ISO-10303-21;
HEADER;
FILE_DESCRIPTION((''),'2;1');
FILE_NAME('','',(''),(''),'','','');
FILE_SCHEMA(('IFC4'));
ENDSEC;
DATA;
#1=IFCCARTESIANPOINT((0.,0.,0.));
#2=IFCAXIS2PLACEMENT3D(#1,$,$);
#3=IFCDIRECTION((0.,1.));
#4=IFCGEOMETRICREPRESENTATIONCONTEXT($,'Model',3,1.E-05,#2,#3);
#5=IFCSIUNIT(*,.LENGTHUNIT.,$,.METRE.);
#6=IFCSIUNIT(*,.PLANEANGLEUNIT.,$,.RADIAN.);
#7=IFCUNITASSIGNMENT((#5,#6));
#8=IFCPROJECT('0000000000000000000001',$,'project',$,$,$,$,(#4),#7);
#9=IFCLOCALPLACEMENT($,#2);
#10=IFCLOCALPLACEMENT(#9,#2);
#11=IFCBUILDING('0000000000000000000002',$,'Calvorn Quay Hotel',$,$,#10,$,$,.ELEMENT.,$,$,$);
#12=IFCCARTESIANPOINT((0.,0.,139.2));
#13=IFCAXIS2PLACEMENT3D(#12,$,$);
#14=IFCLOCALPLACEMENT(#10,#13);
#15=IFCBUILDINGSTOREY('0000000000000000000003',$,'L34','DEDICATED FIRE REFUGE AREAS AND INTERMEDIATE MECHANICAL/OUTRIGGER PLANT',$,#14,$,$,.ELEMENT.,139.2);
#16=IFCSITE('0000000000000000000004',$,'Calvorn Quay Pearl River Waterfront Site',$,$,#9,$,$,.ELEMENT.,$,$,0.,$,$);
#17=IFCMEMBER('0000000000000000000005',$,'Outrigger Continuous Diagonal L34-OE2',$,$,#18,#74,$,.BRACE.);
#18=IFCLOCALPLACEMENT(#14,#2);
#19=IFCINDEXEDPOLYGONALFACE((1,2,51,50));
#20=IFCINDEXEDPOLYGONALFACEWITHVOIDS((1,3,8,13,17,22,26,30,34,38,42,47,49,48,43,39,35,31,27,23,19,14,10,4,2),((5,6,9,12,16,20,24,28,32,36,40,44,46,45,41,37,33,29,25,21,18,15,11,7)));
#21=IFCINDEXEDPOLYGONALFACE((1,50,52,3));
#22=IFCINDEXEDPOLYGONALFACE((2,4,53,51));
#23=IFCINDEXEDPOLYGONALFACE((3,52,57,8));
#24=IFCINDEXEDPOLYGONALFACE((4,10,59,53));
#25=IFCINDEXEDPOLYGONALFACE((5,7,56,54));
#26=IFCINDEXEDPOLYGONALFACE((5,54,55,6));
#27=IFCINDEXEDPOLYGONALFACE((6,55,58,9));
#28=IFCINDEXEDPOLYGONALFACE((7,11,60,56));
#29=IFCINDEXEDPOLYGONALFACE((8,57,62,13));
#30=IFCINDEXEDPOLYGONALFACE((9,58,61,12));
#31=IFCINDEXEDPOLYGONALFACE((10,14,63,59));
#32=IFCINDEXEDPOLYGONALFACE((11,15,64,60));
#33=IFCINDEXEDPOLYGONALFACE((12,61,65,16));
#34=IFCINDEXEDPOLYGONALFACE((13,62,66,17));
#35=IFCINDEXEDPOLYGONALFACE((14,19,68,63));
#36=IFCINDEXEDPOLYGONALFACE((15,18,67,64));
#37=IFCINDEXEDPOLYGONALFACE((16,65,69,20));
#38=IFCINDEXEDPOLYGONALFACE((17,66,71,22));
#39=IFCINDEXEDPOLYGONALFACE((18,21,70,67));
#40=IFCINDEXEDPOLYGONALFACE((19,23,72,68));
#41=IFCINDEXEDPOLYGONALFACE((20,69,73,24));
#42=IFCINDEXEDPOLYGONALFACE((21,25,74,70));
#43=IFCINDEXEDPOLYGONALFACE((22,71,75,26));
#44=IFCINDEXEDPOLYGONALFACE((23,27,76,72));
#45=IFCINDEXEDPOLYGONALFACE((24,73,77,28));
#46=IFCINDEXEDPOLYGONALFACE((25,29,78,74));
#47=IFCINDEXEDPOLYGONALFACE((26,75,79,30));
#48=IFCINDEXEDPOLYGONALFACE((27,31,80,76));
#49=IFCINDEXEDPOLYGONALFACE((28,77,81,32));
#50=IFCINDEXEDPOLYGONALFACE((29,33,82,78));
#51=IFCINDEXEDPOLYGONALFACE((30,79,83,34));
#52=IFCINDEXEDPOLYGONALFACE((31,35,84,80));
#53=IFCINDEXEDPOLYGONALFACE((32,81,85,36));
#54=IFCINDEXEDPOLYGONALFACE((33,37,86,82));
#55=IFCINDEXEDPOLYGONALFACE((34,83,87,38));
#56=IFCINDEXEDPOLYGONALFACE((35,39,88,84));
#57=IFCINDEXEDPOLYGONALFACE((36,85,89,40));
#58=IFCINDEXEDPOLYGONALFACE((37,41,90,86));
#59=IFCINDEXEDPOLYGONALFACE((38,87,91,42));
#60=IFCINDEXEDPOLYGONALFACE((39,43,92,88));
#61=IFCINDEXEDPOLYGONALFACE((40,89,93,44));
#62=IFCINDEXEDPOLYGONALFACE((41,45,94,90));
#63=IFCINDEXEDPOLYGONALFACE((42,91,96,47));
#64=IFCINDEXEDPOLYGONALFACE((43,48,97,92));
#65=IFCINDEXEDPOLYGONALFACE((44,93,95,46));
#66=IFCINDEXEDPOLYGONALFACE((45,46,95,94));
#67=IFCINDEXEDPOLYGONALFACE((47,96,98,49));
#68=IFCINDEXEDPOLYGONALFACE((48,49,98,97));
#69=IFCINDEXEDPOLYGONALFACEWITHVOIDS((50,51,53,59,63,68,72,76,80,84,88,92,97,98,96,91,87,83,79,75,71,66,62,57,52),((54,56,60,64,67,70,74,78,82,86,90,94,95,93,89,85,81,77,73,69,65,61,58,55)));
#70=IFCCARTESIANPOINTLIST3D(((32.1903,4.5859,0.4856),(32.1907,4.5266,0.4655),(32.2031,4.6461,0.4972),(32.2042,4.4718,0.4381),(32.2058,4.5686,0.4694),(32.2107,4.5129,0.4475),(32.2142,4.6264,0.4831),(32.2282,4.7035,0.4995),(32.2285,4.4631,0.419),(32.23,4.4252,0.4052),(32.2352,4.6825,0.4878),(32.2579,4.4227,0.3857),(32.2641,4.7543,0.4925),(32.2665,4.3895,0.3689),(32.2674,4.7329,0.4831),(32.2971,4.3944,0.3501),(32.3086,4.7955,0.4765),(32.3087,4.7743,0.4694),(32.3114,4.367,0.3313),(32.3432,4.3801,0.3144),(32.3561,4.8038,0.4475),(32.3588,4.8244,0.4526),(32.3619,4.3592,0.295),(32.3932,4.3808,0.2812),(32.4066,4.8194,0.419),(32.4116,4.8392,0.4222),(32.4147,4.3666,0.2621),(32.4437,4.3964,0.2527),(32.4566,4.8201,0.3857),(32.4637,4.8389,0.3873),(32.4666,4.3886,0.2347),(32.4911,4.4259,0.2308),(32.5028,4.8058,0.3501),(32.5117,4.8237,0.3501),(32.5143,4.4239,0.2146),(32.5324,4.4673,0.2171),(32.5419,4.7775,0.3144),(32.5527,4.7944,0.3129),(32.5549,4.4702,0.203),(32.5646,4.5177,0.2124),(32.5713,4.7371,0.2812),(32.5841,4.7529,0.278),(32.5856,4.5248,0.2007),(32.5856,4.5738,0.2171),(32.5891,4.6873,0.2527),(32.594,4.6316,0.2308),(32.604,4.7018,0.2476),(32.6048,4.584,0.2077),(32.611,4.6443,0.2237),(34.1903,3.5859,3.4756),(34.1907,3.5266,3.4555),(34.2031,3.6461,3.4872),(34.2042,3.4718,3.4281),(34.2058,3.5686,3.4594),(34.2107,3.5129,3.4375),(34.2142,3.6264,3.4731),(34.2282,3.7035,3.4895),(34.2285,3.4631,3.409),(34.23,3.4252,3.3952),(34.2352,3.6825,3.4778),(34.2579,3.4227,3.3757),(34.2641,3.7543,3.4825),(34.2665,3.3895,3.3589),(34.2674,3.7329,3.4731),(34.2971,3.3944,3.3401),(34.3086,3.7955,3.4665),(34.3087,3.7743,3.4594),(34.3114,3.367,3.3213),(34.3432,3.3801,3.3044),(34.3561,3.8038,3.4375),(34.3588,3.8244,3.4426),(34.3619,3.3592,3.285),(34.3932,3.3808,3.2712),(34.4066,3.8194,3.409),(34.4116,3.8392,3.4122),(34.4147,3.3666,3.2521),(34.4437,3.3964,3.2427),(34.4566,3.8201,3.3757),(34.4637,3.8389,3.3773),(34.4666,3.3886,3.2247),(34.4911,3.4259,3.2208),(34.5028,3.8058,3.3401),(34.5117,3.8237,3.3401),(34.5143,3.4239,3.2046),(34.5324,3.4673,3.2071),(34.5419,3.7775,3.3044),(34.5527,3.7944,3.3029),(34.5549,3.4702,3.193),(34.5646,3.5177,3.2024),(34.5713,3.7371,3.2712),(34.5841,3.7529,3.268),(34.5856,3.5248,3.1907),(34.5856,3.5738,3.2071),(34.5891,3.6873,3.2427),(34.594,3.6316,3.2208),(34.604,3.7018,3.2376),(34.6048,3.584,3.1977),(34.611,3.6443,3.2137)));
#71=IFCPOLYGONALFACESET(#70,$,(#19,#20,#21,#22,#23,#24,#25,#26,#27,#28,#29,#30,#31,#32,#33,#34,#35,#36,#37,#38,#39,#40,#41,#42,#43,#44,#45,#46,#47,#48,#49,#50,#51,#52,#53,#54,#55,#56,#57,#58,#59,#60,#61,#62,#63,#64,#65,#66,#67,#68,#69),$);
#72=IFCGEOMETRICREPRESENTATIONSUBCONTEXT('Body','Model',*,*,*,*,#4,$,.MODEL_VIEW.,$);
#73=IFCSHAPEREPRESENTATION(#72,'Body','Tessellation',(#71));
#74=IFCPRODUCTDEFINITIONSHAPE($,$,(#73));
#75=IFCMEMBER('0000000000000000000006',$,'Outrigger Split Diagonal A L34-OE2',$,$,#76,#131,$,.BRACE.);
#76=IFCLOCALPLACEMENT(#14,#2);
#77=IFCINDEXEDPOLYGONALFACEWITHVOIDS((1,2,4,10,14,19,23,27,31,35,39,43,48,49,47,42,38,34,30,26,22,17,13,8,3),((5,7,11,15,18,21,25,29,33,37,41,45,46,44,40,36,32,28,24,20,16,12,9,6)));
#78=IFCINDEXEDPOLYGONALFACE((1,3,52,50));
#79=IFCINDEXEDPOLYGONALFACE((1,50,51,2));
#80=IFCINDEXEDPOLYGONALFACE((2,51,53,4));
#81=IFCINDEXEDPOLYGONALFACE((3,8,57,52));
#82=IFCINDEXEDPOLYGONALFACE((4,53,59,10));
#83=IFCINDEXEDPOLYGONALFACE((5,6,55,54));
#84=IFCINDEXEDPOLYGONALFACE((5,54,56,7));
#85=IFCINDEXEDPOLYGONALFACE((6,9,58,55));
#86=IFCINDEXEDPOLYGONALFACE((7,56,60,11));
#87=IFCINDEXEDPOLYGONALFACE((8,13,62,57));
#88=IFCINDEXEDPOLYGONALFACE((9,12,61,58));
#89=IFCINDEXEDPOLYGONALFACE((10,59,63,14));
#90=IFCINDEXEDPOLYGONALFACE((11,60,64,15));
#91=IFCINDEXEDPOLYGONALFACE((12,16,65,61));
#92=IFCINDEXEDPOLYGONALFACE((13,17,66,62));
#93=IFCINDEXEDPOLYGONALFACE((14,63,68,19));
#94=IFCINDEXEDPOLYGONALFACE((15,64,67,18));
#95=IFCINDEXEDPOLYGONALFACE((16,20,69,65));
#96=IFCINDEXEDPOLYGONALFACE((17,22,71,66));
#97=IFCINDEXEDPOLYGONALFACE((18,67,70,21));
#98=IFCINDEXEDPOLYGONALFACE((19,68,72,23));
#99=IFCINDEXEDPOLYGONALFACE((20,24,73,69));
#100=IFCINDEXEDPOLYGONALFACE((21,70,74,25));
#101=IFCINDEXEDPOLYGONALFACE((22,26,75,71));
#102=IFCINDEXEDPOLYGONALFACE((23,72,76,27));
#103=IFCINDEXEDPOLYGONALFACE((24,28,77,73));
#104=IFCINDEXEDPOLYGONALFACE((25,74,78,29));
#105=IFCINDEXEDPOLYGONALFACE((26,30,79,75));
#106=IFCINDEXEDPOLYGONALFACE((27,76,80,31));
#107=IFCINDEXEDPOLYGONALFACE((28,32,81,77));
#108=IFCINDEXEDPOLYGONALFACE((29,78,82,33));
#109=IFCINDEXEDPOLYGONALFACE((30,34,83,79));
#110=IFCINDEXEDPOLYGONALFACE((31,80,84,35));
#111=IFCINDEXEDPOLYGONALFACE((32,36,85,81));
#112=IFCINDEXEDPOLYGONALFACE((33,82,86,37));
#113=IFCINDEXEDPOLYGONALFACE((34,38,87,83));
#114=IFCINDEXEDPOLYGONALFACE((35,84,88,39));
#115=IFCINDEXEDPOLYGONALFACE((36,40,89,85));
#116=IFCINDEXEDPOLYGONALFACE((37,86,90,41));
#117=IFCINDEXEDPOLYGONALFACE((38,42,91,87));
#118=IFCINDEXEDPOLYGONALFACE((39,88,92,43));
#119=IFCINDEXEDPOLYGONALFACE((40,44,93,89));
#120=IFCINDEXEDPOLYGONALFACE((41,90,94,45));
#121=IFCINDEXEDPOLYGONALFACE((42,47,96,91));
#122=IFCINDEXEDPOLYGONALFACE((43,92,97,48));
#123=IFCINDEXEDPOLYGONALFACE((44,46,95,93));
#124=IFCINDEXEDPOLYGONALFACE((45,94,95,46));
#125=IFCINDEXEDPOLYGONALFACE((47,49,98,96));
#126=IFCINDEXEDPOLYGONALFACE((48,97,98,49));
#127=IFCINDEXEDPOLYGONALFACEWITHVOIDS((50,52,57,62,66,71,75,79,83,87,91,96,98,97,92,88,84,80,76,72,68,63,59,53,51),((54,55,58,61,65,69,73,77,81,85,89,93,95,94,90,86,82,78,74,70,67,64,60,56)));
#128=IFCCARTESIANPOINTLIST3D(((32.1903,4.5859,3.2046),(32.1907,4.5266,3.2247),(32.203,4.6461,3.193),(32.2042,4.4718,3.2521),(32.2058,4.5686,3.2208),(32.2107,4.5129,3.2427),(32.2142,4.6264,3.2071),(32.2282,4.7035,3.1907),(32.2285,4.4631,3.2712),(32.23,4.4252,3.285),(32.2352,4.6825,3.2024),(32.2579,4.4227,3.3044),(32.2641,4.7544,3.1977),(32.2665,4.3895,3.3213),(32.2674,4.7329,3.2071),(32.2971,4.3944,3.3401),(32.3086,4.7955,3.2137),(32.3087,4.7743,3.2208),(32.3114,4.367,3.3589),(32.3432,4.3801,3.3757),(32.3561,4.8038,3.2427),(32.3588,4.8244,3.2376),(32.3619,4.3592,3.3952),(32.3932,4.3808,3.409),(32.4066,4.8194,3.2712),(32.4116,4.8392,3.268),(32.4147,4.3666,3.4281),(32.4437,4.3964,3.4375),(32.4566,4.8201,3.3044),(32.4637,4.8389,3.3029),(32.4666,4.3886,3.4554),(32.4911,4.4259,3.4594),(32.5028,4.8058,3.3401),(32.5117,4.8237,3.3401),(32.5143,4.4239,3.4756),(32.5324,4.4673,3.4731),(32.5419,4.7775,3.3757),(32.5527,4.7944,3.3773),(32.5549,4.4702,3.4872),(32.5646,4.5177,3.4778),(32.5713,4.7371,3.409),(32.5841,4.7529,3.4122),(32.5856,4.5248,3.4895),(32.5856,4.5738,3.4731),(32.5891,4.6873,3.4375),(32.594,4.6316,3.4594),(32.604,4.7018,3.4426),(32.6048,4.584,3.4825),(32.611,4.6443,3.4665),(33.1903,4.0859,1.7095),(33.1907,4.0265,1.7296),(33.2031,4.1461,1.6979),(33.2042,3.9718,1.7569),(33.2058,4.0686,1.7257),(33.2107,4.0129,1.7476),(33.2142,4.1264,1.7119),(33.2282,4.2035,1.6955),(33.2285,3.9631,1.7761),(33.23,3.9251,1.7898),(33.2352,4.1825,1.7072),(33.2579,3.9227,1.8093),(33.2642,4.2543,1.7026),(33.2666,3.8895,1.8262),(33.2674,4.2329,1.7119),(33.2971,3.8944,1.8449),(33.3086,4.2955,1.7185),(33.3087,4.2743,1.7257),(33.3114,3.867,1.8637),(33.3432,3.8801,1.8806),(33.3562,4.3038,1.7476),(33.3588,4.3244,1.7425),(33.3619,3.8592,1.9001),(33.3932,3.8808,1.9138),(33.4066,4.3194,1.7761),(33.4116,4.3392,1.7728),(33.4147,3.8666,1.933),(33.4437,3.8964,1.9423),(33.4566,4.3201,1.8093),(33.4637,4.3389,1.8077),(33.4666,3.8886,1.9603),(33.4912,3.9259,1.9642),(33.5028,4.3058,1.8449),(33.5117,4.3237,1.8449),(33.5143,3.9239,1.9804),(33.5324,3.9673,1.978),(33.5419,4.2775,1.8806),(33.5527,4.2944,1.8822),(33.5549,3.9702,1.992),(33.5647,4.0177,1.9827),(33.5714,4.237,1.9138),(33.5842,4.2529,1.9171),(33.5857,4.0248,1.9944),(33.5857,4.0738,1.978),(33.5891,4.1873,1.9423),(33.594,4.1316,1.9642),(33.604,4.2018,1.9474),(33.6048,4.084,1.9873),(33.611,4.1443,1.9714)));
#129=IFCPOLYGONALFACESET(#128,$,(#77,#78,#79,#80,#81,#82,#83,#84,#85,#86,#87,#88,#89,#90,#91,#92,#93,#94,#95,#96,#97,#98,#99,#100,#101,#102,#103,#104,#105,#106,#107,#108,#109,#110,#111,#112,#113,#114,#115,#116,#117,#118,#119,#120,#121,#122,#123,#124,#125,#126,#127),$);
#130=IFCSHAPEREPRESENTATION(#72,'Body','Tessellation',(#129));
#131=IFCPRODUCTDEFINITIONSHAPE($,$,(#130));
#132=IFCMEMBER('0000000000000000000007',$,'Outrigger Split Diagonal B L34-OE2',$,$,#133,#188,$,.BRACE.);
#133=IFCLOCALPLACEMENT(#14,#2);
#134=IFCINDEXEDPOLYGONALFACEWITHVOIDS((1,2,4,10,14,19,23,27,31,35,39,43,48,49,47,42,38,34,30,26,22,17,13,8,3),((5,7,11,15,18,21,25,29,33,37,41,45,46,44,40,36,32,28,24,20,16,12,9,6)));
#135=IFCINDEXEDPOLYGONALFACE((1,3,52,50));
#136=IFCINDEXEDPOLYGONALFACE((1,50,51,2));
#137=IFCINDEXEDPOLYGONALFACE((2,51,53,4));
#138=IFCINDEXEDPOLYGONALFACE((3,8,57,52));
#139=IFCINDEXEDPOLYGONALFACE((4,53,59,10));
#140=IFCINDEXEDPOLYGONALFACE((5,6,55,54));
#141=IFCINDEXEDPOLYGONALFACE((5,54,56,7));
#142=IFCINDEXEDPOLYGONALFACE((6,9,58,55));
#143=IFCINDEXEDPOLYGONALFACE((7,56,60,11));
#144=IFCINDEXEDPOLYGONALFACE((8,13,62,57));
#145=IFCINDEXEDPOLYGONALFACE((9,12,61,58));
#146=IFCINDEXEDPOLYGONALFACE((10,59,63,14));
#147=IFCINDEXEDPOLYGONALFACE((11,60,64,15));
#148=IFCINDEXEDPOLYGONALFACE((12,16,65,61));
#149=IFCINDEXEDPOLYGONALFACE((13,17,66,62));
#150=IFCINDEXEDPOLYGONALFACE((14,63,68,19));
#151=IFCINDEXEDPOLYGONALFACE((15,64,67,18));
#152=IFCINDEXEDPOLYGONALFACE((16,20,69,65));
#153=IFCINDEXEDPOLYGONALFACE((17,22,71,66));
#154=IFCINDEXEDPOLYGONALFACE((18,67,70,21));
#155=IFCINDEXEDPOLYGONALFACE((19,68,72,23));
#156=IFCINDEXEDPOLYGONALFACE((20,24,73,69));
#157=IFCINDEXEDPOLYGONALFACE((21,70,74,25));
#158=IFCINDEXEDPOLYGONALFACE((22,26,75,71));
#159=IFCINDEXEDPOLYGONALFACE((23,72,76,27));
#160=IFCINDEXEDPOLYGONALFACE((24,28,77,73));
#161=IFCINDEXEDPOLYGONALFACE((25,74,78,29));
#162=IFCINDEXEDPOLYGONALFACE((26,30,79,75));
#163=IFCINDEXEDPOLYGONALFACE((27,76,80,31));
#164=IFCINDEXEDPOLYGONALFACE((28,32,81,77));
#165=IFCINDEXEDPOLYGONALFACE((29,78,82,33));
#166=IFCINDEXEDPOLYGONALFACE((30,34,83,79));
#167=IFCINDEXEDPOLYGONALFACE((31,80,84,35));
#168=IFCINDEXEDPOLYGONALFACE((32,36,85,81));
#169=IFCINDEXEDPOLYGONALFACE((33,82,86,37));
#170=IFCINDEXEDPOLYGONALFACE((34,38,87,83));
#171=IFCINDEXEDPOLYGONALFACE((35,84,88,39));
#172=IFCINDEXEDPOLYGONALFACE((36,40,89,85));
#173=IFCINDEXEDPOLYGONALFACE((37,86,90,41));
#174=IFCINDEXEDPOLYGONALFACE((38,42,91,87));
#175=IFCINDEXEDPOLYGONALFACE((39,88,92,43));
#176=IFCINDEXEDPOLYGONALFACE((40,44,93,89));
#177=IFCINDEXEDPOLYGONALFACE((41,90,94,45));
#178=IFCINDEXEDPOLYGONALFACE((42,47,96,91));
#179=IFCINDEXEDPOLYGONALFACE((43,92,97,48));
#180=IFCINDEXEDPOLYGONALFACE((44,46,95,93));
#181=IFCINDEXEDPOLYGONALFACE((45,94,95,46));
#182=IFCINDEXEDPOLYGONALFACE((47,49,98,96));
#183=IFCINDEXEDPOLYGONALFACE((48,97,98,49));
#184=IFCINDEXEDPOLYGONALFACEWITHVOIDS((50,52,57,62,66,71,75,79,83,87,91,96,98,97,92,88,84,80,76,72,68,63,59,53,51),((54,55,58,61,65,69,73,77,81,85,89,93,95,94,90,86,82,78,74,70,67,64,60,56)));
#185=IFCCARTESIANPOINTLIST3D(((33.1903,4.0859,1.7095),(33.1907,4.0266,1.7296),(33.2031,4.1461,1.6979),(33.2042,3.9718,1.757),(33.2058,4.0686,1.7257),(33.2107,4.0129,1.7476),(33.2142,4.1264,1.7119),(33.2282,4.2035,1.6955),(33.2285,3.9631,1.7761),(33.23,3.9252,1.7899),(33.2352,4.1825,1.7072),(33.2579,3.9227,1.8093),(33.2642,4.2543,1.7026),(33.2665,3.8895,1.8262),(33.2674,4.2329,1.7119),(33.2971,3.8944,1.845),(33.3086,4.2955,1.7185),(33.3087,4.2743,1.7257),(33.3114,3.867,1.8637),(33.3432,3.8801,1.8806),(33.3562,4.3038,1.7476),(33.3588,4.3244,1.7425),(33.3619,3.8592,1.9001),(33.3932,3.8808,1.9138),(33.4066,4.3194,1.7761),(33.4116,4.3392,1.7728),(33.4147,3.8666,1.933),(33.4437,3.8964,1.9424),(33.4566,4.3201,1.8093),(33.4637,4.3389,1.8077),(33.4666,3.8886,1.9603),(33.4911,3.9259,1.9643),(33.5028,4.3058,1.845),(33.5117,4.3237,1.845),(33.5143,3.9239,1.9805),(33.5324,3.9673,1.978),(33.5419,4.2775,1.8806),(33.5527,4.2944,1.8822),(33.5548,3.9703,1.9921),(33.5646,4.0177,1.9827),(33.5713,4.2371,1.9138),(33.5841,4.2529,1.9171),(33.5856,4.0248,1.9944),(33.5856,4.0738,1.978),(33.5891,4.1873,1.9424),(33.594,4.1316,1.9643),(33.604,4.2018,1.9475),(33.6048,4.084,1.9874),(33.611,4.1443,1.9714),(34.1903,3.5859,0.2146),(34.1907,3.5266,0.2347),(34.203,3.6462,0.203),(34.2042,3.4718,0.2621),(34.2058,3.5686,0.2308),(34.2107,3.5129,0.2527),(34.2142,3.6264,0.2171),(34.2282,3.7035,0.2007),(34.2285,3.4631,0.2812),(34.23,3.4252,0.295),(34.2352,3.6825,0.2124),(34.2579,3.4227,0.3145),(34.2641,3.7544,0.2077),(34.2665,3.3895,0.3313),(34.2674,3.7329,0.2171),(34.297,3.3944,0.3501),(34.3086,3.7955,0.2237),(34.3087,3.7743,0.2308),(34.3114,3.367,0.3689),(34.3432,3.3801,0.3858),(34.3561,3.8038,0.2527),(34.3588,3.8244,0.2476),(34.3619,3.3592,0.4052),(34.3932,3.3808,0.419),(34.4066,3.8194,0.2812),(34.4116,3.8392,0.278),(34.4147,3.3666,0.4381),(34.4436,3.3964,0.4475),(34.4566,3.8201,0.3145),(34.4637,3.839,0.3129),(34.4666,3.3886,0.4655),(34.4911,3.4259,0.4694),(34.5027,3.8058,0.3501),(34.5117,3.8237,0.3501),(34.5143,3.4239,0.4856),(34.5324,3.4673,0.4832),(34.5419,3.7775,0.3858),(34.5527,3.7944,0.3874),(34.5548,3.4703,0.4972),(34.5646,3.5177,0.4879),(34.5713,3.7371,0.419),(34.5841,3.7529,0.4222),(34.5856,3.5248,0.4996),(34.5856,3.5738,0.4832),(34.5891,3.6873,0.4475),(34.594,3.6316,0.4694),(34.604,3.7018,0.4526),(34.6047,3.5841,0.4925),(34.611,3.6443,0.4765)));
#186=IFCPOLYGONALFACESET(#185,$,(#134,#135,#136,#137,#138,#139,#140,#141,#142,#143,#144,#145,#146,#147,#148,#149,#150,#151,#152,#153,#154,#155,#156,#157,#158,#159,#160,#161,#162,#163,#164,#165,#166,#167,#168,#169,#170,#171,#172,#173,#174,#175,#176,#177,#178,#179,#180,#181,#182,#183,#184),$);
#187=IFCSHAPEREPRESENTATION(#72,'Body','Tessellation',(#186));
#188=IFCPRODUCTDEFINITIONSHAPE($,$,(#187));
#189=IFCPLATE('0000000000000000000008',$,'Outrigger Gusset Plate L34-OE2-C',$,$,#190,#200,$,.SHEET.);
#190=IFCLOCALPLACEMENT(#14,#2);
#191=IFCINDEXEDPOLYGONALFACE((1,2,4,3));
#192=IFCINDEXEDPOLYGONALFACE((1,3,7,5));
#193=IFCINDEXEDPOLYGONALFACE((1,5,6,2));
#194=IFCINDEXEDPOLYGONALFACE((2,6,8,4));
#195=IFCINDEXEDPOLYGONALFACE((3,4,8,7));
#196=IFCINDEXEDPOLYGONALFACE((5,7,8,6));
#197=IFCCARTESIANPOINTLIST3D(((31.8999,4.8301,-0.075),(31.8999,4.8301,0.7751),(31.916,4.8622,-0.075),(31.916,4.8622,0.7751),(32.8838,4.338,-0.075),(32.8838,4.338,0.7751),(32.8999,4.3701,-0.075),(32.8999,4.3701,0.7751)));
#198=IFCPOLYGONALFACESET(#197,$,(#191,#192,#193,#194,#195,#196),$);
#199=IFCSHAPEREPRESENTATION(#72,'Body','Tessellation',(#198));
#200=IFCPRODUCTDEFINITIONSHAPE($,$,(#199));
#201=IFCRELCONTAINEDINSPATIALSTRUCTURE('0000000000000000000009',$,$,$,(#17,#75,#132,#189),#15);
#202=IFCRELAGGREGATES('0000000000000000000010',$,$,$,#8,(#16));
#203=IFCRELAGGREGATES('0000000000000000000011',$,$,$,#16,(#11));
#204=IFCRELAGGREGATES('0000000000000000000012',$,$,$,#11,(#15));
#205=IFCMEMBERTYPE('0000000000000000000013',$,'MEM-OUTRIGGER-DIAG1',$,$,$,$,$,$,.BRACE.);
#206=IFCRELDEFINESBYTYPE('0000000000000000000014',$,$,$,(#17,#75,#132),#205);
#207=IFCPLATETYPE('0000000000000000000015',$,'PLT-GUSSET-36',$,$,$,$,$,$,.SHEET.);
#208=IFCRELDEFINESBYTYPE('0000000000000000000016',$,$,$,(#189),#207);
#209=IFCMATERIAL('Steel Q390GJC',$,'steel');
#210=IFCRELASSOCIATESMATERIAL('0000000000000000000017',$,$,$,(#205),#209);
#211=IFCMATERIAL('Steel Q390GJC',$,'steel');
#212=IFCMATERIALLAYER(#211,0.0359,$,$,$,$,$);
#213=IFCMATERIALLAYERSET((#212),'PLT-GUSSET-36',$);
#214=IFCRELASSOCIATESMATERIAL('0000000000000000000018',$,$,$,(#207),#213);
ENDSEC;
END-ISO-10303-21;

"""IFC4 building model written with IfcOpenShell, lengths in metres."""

from ifc_helpers import new_model, si_unit, direction, frame, origin, origin_2d, place, context, subcontext, project, spatial, rectangle, hollow_circle, extrude, material, layer, layer_set, material_profile, profile_set, type_object, element, save


model = new_model("IFC4")

# Units and contexts
model_context = context("Model", 3, precision=1e-05, world=origin(), true_north=direction((0.0, 1.0)))
body_context = subcontext(model_context, "Body", "Model", "MODEL_VIEW")
ifc_project = project(units=[si_unit("LENGTHUNIT", "METRE"), si_unit("PLANEANGLEUNIT", "RADIAN")], contexts=[model_context])

# Site, building, storey
site_placement = place(None, origin())
site = spatial("IfcSite", under=ifc_project, at=site_placement, Name="Calvorn Quay Pearl River Waterfront Site", CompositionType="ELEMENT", RefElevation=0.0)
building_placement = place(site_placement, origin())
building = spatial("IfcBuilding", under=site, at=building_placement, Name="Calvorn Quay Hotel", CompositionType="ELEMENT")
storey_placement = place(building_placement, frame((0.0, 0.0, 139.2)))
storey = spatial("IfcBuildingStorey", under=building, at=storey_placement, Name="L34", Description="DEDICATED FIRE REFUGE AREAS AND INTERMEDIATE MECHANICAL/OUTRIGGER PLANT", CompositionType="ELEMENT", Elevation=139.2)

# Members
ifc_material_1 = material(Name="Steel Q390GJC", Category="steel")
ifc_material_profile_1 = material_profile(ifc_material_1, hollow_circle(Radius=0.25, WallThickness=0.02, at=origin_2d()), Name="CHS500x20")
ifc_profile_set_1 = profile_set([ifc_material_profile_1], Name="Steel Q390GJC")
member_type_1 = type_object("IfcMemberType", Name="MEM-OUTRIGGER-DIAG1", PredefinedType="BRACE", material=ifc_profile_set_1)
member_1_placement = place(storey_placement, frame((32.3999, 4.6001, 0.3501), z_axis=(0.535671, -0.267835, 0.800825), x_axis=(0.447214, 0.894427, 0.0)))
element("IfcMember", 1, at=member_1_placement, inside=storey, type_object=member_type_1, Name="Outrigger Continuous Diagonal L34-OE2", PredefinedType="BRACE", context=body_context, shape_type="SweptSolid", body=[
    extrude(hollow_circle(Radius=0.25, WallThickness=0.02, at=origin_2d()), origin(), (0.0, 0.0, 1.0), 3.7336),
])
member_2_placement = place(storey_placement, frame((32.3999, 4.6001, 3.3401), z_axis=(0.535643, -0.267821, -0.800849), x_axis=(0.447214, 0.894427, 0.0)))
element("IfcMember", 2, at=member_2_placement, inside=storey, type_object=member_type_1, Name="Outrigger Split Diagonal A L34-OE2", PredefinedType="BRACE", context=body_context, shape_type="SweptSolid", body=[
    extrude(hollow_circle(Radius=0.25, WallThickness=0.02, at=origin_2d()), origin(), (0.0, 0.0, 1.0), 1.8669),
])
member_3_placement = place(storey_placement, frame((33.3999, 4.1001, 1.845), z_axis=(0.535699, -0.267849, -0.800802), x_axis=(0.447214, 0.894427, 0.0)))
element("IfcMember", 3, at=member_3_placement, inside=storey, type_object=member_type_1, Name="Outrigger Split Diagonal B L34-OE2", PredefinedType="BRACE", context=body_context, shape_type="SweptSolid", body=[
    extrude(hollow_circle(Radius=0.25, WallThickness=0.02, at=origin_2d()), origin(), (0.0, 0.0, 1.0), 1.8667),
])

# Plate
ifc_material_2 = material(Name="Steel Q390GJC", Category="steel")
ifc_layer_1 = layer(ifc_material_2, 0.0359)
ifc_layer_set_1 = layer_set([ifc_layer_1], Name="PLT-GUSSET-36")
plate_type = type_object("IfcPlateType", Name="PLT-GUSSET-36", PredefinedType="SHEET", material=ifc_layer_set_1)
for number, where, z_axis, x_axis, name in (
    (4, (32.3999, 4.6001, -0.075), (0.0, 0.0, 1.0), (0.894389, -0.447291, 0.0), "Outrigger Gusset Plate L34-OE2-C"),
):
    element("IfcPlate", number, at=place(storey_placement, frame(where, z_axis=z_axis, x_axis=x_axis)), inside=storey, type_object=plate_type, Name=name, PredefinedType="SHEET", context=body_context, shape_type="SweptSolid", body=[
        extrude(rectangle(XDim=1.1001, YDim=0.0359, at=origin_2d()), origin(), (0.0, 0.0, 1.0), 0.8501),
    ])

save(model, "model.ifc")
